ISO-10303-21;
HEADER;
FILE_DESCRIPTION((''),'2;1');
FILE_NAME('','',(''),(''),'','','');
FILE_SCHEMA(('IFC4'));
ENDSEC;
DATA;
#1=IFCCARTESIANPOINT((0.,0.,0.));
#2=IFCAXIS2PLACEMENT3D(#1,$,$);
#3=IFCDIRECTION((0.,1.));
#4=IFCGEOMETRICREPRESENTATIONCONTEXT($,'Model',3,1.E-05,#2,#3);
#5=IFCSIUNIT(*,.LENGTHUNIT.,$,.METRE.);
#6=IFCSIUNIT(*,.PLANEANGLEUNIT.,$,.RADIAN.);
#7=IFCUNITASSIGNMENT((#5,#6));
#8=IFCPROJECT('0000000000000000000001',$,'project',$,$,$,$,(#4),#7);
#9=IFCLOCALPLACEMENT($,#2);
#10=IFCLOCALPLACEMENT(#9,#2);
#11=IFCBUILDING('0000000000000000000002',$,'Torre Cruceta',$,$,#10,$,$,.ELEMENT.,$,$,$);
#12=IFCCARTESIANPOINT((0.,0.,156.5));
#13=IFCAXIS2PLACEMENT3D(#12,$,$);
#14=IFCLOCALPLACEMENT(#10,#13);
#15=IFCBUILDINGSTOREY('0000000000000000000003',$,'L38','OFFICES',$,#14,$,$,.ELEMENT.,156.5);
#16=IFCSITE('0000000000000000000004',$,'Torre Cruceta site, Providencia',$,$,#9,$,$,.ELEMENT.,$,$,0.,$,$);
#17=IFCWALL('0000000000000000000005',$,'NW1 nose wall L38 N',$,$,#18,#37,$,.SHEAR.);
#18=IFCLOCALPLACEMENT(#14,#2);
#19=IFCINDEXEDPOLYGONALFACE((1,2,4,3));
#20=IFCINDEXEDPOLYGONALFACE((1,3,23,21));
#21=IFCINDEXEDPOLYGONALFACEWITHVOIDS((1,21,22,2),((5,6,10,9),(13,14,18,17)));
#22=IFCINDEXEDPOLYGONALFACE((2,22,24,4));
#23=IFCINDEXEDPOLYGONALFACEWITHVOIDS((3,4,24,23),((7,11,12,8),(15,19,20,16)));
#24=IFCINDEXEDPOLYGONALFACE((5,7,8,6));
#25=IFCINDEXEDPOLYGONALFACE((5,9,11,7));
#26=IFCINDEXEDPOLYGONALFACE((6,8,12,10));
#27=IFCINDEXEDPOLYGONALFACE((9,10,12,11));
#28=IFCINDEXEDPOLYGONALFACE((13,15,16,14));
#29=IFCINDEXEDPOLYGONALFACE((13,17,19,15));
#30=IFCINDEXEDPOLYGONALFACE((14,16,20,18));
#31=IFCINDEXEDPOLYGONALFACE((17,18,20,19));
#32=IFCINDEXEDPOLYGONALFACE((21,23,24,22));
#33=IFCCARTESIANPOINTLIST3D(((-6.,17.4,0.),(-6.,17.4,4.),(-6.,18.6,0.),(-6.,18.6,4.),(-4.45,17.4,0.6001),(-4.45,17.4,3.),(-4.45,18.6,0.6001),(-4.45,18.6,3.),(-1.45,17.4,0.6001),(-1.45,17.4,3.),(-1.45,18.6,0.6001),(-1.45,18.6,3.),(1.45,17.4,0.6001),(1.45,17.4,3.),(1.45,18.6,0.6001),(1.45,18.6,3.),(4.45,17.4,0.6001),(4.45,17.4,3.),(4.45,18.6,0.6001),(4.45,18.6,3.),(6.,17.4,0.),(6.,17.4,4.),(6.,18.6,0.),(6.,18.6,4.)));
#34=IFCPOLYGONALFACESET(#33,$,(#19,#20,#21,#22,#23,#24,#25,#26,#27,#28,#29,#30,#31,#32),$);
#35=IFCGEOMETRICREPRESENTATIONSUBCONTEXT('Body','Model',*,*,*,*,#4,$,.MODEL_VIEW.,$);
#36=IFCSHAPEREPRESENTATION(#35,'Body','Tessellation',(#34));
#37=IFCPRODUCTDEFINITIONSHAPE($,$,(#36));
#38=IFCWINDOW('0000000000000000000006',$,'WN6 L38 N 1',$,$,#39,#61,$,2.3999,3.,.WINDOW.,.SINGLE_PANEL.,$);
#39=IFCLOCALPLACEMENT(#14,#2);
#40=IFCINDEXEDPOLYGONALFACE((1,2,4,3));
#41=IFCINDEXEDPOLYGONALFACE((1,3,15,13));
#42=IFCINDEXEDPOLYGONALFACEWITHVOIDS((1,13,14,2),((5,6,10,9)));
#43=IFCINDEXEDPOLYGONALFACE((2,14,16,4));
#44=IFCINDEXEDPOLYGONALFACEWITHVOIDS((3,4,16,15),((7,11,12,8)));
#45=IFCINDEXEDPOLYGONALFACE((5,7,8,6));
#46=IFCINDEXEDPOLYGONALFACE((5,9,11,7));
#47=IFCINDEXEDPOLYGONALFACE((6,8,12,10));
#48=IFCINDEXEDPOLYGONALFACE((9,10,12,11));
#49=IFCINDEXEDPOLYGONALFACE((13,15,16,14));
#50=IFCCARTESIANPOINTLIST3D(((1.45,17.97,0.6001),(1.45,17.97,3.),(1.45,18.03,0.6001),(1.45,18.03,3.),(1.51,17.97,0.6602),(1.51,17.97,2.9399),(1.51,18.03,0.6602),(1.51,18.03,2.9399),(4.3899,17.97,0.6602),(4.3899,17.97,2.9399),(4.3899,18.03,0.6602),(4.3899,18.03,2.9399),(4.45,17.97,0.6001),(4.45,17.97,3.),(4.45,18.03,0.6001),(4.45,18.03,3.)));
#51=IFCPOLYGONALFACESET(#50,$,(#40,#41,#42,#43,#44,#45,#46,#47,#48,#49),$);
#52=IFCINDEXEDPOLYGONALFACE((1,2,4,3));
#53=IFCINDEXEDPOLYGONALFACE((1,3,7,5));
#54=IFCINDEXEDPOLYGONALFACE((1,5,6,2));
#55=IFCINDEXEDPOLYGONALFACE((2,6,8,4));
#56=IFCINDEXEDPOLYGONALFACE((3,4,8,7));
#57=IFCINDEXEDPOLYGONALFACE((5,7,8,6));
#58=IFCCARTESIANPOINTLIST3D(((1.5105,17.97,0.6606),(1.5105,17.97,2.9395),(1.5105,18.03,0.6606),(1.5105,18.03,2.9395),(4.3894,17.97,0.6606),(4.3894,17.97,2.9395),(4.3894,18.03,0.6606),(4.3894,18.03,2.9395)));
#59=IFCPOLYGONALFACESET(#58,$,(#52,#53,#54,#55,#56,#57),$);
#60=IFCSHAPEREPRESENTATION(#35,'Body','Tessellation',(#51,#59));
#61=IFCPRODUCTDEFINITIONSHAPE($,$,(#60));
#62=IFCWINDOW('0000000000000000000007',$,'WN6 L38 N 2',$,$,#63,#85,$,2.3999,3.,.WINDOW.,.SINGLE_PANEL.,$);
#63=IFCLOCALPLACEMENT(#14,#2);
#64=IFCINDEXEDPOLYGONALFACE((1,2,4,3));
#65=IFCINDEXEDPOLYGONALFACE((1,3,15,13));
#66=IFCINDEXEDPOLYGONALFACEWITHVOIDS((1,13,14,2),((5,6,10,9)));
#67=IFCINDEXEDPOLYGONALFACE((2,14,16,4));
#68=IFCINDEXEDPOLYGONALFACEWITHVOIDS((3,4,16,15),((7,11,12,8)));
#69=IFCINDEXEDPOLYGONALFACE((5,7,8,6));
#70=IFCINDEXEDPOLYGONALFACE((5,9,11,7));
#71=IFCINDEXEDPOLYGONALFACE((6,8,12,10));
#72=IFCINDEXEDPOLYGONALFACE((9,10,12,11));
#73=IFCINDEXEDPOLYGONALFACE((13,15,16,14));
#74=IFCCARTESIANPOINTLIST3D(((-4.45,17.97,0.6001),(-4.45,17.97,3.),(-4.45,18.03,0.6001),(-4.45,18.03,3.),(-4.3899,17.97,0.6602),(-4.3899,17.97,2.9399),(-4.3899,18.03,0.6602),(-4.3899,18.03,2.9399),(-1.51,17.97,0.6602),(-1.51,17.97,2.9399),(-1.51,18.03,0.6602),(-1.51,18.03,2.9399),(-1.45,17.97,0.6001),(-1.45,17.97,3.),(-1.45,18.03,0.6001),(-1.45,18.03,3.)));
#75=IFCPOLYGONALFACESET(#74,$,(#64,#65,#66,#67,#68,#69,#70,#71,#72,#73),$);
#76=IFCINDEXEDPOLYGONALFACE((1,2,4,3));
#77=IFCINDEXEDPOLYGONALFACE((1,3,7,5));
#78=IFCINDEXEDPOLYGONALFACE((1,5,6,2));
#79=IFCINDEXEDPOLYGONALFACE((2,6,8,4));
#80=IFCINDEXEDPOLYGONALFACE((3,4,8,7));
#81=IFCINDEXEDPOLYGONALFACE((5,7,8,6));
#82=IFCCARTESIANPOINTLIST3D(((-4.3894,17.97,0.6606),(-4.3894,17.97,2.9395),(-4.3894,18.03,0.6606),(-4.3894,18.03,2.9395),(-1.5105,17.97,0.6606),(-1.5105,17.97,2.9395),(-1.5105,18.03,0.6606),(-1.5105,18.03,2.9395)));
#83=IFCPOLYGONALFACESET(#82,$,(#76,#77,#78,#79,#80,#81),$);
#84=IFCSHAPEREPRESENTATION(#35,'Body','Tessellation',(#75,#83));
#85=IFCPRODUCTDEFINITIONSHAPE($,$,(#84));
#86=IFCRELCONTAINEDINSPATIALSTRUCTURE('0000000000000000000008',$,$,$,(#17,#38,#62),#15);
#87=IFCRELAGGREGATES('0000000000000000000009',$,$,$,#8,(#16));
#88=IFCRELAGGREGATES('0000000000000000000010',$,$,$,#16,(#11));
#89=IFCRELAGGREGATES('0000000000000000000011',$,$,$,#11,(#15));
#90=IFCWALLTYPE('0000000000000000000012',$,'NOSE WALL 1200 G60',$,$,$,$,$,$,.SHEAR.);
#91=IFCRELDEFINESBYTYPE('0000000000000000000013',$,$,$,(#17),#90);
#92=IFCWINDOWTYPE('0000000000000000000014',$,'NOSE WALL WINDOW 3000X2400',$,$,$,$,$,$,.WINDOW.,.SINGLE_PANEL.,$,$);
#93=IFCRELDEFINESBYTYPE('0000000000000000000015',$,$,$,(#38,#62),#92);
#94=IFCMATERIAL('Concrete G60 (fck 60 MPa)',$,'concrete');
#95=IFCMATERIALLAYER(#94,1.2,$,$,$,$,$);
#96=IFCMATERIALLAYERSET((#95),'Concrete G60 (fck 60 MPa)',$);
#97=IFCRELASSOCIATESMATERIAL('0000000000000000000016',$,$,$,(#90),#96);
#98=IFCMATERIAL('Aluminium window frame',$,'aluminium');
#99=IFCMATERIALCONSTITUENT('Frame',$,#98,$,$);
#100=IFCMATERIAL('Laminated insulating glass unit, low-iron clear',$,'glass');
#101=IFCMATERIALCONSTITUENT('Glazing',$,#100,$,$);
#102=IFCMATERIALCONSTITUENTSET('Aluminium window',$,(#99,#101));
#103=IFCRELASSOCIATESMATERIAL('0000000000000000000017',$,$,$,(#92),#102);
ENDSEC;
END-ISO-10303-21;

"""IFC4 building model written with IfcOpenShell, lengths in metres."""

from ifc_helpers import new_model, si_unit, direction, frame, frame_2d, origin, place, context, subcontext, project, spatial, rectangle, hollow_rectangle, extrude, material, layer, layer_set, constituent, constituent_set, type_object, element, fill, save


model = new_model("IFC4")

# Units and contexts
model_context = context("Model", 3, precision=1e-05, world=origin(), true_north=direction((0.0, 1.0)))
body_context = subcontext(model_context, "Body", "Model", "MODEL_VIEW")
ifc_project = project(units=[si_unit("LENGTHUNIT", "METRE"), si_unit("PLANEANGLEUNIT", "RADIAN")], contexts=[model_context])

# Site, building, storey
site_placement = place(None, origin())
site = spatial("IfcSite", under=ifc_project, at=site_placement, Name="Torre Cruceta site, Providencia", CompositionType="ELEMENT", RefElevation=0.0)
building_placement = place(site_placement, origin())
building = spatial("IfcBuilding", under=site, at=building_placement, Name="Torre Cruceta", CompositionType="ELEMENT")
storey_placement = place(building_placement, frame((0.0, 0.0, 156.5)))
storey = spatial("IfcBuildingStorey", under=building, at=storey_placement, Name="L38", Description="OFFICES", CompositionType="ELEMENT", Elevation=156.5)

# Wall, openings, windows
ifc_material_1 = material(Name="Concrete G60 (fck 60 MPa)", Category="concrete")
ifc_layer_1 = layer(ifc_material_1, 1.2)
ifc_layer_set_1 = layer_set([ifc_layer_1], Name="Concrete G60 (fck 60 MPa)")
wall_type_1 = type_object("IfcWallType", Name="NOSE WALL 1200 G60", PredefinedType="SHEAR", material=ifc_layer_set_1)
wall_1_placement = place(storey_placement, frame((6.0, 18.0, 0.0), z_axis=(0.0, 0.0, 1.0), x_axis=(-1.0, 0.0, 0.0)))
wall_1 = element("IfcWall", 1, at=wall_1_placement, inside=storey, type_object=wall_type_1, Name="NW1 nose wall L38 N", PredefinedType="SHEAR", context=body_context, shape_type="SweptSolid", body=[
    extrude(rectangle(XDim=12.0, YDim=1.2, at=frame_2d((6.0, 0.0))), origin(), (0.0, 0.0, 1.0), 4.0),
])
opening_1_placement = place(wall_1_placement, frame((1.55, 0.0, 0.6001)))
opening_1 = element("IfcOpeningElement", 2, at=opening_1_placement, cuts=wall_1, PredefinedType="OPENING", context=body_context, shape_type="SweptSolid", body=[
    extrude(rectangle(XDim=3.0, YDim=2.3999, at=frame_2d((1.5, 1.2))), frame((0.0, 0.6099, 0.0), z_axis=(0.0, -1.0, 0.0), x_axis=(1.0, 0.0, 0.0)), (0.0, 0.0, 1.0), 1.22),
])
opening_2_placement = place(wall_1_placement, frame((7.45, 0.0, 0.6001)))
opening_2 = element("IfcOpeningElement", 3, at=opening_2_placement, cuts=wall_1, PredefinedType="OPENING", context=body_context, shape_type="SweptSolid", body=[
    extrude(rectangle(XDim=3.0, YDim=2.3999, at=frame_2d((1.5, 1.2))), frame((0.0, 0.6099, 0.0), z_axis=(0.0, -1.0, 0.0), x_axis=(1.0, 0.0, 0.0)), (0.0, 0.0, 1.0), 1.22),
])
ifc_material_2 = material(Name="Aluminium window frame", Category="aluminium")
ifc_constituent_1 = constituent(ifc_material_2, Name="Frame")
ifc_material_3 = material(Name="Laminated insulating glass unit, low-iron clear", Category="glass")
ifc_constituent_2 = constituent(ifc_material_3, Name="Glazing")
ifc_constituent_set_1 = constituent_set(constituents=[ifc_constituent_1, ifc_constituent_2], Name="Aluminium window")
window_type = type_object("IfcWindowType", Name="NOSE WALL WINDOW 3000X2400", PartitioningType="SINGLE_PANEL", PredefinedType="WINDOW", material=ifc_constituent_set_1)
window_1_placement = place(opening_1_placement, origin())
window_1 = element("IfcWindow", 4, at=window_1_placement, inside=storey, type_object=window_type, Name="WN6 L38 N 1", OverallHeight=2.3999, OverallWidth=3.0, PartitioningType="SINGLE_PANEL", PredefinedType="WINDOW", context=body_context, shape_type="SweptSolid", body=[
    extrude(hollow_rectangle(XDim=3.0, YDim=2.3999, WallThickness=0.0601, at=frame_2d((1.5, 1.2))), frame((0.0, 0.03, 0.0), z_axis=(0.0, -1.0, 0.0), x_axis=(1.0, 0.0, 0.0)), (0.0, 0.0, 1.0), 0.0601),
    extrude(rectangle(XDim=2.8789, YDim=2.2788, at=frame_2d((1.5, 1.2))), frame((0.0, 0.03, 0.0), z_axis=(0.0, -1.0, 0.0), x_axis=(1.0, 0.0, 0.0)), (0.0, 0.0, 1.0), 0.0601),
])
fill(opening_1, window_1)
window_2_placement = place(opening_2_placement, origin())
window_2 = element("IfcWindow", 5, at=window_2_placement, inside=storey, type_object=window_type, Name="WN6 L38 N 2", OverallHeight=2.3999, OverallWidth=3.0, PartitioningType="SINGLE_PANEL", PredefinedType="WINDOW", context=body_context, shape_type="SweptSolid", body=[
    extrude(hollow_rectangle(XDim=3.0, YDim=2.3999, WallThickness=0.0601, at=frame_2d((1.5, 1.2))), frame((0.0, 0.03, 0.0), z_axis=(0.0, -1.0, 0.0), x_axis=(1.0, 0.0, 0.0)), (0.0, 0.0, 1.0), 0.0601),
    extrude(rectangle(XDim=2.8789, YDim=2.2788, at=frame_2d((1.5, 1.2))), frame((0.0, 0.03, 0.0), z_axis=(0.0, -1.0, 0.0), x_axis=(1.0, 0.0, 0.0)), (0.0, 0.0, 1.0), 0.0601),
])
fill(opening_2, window_2)

save(model, "model.ifc")
